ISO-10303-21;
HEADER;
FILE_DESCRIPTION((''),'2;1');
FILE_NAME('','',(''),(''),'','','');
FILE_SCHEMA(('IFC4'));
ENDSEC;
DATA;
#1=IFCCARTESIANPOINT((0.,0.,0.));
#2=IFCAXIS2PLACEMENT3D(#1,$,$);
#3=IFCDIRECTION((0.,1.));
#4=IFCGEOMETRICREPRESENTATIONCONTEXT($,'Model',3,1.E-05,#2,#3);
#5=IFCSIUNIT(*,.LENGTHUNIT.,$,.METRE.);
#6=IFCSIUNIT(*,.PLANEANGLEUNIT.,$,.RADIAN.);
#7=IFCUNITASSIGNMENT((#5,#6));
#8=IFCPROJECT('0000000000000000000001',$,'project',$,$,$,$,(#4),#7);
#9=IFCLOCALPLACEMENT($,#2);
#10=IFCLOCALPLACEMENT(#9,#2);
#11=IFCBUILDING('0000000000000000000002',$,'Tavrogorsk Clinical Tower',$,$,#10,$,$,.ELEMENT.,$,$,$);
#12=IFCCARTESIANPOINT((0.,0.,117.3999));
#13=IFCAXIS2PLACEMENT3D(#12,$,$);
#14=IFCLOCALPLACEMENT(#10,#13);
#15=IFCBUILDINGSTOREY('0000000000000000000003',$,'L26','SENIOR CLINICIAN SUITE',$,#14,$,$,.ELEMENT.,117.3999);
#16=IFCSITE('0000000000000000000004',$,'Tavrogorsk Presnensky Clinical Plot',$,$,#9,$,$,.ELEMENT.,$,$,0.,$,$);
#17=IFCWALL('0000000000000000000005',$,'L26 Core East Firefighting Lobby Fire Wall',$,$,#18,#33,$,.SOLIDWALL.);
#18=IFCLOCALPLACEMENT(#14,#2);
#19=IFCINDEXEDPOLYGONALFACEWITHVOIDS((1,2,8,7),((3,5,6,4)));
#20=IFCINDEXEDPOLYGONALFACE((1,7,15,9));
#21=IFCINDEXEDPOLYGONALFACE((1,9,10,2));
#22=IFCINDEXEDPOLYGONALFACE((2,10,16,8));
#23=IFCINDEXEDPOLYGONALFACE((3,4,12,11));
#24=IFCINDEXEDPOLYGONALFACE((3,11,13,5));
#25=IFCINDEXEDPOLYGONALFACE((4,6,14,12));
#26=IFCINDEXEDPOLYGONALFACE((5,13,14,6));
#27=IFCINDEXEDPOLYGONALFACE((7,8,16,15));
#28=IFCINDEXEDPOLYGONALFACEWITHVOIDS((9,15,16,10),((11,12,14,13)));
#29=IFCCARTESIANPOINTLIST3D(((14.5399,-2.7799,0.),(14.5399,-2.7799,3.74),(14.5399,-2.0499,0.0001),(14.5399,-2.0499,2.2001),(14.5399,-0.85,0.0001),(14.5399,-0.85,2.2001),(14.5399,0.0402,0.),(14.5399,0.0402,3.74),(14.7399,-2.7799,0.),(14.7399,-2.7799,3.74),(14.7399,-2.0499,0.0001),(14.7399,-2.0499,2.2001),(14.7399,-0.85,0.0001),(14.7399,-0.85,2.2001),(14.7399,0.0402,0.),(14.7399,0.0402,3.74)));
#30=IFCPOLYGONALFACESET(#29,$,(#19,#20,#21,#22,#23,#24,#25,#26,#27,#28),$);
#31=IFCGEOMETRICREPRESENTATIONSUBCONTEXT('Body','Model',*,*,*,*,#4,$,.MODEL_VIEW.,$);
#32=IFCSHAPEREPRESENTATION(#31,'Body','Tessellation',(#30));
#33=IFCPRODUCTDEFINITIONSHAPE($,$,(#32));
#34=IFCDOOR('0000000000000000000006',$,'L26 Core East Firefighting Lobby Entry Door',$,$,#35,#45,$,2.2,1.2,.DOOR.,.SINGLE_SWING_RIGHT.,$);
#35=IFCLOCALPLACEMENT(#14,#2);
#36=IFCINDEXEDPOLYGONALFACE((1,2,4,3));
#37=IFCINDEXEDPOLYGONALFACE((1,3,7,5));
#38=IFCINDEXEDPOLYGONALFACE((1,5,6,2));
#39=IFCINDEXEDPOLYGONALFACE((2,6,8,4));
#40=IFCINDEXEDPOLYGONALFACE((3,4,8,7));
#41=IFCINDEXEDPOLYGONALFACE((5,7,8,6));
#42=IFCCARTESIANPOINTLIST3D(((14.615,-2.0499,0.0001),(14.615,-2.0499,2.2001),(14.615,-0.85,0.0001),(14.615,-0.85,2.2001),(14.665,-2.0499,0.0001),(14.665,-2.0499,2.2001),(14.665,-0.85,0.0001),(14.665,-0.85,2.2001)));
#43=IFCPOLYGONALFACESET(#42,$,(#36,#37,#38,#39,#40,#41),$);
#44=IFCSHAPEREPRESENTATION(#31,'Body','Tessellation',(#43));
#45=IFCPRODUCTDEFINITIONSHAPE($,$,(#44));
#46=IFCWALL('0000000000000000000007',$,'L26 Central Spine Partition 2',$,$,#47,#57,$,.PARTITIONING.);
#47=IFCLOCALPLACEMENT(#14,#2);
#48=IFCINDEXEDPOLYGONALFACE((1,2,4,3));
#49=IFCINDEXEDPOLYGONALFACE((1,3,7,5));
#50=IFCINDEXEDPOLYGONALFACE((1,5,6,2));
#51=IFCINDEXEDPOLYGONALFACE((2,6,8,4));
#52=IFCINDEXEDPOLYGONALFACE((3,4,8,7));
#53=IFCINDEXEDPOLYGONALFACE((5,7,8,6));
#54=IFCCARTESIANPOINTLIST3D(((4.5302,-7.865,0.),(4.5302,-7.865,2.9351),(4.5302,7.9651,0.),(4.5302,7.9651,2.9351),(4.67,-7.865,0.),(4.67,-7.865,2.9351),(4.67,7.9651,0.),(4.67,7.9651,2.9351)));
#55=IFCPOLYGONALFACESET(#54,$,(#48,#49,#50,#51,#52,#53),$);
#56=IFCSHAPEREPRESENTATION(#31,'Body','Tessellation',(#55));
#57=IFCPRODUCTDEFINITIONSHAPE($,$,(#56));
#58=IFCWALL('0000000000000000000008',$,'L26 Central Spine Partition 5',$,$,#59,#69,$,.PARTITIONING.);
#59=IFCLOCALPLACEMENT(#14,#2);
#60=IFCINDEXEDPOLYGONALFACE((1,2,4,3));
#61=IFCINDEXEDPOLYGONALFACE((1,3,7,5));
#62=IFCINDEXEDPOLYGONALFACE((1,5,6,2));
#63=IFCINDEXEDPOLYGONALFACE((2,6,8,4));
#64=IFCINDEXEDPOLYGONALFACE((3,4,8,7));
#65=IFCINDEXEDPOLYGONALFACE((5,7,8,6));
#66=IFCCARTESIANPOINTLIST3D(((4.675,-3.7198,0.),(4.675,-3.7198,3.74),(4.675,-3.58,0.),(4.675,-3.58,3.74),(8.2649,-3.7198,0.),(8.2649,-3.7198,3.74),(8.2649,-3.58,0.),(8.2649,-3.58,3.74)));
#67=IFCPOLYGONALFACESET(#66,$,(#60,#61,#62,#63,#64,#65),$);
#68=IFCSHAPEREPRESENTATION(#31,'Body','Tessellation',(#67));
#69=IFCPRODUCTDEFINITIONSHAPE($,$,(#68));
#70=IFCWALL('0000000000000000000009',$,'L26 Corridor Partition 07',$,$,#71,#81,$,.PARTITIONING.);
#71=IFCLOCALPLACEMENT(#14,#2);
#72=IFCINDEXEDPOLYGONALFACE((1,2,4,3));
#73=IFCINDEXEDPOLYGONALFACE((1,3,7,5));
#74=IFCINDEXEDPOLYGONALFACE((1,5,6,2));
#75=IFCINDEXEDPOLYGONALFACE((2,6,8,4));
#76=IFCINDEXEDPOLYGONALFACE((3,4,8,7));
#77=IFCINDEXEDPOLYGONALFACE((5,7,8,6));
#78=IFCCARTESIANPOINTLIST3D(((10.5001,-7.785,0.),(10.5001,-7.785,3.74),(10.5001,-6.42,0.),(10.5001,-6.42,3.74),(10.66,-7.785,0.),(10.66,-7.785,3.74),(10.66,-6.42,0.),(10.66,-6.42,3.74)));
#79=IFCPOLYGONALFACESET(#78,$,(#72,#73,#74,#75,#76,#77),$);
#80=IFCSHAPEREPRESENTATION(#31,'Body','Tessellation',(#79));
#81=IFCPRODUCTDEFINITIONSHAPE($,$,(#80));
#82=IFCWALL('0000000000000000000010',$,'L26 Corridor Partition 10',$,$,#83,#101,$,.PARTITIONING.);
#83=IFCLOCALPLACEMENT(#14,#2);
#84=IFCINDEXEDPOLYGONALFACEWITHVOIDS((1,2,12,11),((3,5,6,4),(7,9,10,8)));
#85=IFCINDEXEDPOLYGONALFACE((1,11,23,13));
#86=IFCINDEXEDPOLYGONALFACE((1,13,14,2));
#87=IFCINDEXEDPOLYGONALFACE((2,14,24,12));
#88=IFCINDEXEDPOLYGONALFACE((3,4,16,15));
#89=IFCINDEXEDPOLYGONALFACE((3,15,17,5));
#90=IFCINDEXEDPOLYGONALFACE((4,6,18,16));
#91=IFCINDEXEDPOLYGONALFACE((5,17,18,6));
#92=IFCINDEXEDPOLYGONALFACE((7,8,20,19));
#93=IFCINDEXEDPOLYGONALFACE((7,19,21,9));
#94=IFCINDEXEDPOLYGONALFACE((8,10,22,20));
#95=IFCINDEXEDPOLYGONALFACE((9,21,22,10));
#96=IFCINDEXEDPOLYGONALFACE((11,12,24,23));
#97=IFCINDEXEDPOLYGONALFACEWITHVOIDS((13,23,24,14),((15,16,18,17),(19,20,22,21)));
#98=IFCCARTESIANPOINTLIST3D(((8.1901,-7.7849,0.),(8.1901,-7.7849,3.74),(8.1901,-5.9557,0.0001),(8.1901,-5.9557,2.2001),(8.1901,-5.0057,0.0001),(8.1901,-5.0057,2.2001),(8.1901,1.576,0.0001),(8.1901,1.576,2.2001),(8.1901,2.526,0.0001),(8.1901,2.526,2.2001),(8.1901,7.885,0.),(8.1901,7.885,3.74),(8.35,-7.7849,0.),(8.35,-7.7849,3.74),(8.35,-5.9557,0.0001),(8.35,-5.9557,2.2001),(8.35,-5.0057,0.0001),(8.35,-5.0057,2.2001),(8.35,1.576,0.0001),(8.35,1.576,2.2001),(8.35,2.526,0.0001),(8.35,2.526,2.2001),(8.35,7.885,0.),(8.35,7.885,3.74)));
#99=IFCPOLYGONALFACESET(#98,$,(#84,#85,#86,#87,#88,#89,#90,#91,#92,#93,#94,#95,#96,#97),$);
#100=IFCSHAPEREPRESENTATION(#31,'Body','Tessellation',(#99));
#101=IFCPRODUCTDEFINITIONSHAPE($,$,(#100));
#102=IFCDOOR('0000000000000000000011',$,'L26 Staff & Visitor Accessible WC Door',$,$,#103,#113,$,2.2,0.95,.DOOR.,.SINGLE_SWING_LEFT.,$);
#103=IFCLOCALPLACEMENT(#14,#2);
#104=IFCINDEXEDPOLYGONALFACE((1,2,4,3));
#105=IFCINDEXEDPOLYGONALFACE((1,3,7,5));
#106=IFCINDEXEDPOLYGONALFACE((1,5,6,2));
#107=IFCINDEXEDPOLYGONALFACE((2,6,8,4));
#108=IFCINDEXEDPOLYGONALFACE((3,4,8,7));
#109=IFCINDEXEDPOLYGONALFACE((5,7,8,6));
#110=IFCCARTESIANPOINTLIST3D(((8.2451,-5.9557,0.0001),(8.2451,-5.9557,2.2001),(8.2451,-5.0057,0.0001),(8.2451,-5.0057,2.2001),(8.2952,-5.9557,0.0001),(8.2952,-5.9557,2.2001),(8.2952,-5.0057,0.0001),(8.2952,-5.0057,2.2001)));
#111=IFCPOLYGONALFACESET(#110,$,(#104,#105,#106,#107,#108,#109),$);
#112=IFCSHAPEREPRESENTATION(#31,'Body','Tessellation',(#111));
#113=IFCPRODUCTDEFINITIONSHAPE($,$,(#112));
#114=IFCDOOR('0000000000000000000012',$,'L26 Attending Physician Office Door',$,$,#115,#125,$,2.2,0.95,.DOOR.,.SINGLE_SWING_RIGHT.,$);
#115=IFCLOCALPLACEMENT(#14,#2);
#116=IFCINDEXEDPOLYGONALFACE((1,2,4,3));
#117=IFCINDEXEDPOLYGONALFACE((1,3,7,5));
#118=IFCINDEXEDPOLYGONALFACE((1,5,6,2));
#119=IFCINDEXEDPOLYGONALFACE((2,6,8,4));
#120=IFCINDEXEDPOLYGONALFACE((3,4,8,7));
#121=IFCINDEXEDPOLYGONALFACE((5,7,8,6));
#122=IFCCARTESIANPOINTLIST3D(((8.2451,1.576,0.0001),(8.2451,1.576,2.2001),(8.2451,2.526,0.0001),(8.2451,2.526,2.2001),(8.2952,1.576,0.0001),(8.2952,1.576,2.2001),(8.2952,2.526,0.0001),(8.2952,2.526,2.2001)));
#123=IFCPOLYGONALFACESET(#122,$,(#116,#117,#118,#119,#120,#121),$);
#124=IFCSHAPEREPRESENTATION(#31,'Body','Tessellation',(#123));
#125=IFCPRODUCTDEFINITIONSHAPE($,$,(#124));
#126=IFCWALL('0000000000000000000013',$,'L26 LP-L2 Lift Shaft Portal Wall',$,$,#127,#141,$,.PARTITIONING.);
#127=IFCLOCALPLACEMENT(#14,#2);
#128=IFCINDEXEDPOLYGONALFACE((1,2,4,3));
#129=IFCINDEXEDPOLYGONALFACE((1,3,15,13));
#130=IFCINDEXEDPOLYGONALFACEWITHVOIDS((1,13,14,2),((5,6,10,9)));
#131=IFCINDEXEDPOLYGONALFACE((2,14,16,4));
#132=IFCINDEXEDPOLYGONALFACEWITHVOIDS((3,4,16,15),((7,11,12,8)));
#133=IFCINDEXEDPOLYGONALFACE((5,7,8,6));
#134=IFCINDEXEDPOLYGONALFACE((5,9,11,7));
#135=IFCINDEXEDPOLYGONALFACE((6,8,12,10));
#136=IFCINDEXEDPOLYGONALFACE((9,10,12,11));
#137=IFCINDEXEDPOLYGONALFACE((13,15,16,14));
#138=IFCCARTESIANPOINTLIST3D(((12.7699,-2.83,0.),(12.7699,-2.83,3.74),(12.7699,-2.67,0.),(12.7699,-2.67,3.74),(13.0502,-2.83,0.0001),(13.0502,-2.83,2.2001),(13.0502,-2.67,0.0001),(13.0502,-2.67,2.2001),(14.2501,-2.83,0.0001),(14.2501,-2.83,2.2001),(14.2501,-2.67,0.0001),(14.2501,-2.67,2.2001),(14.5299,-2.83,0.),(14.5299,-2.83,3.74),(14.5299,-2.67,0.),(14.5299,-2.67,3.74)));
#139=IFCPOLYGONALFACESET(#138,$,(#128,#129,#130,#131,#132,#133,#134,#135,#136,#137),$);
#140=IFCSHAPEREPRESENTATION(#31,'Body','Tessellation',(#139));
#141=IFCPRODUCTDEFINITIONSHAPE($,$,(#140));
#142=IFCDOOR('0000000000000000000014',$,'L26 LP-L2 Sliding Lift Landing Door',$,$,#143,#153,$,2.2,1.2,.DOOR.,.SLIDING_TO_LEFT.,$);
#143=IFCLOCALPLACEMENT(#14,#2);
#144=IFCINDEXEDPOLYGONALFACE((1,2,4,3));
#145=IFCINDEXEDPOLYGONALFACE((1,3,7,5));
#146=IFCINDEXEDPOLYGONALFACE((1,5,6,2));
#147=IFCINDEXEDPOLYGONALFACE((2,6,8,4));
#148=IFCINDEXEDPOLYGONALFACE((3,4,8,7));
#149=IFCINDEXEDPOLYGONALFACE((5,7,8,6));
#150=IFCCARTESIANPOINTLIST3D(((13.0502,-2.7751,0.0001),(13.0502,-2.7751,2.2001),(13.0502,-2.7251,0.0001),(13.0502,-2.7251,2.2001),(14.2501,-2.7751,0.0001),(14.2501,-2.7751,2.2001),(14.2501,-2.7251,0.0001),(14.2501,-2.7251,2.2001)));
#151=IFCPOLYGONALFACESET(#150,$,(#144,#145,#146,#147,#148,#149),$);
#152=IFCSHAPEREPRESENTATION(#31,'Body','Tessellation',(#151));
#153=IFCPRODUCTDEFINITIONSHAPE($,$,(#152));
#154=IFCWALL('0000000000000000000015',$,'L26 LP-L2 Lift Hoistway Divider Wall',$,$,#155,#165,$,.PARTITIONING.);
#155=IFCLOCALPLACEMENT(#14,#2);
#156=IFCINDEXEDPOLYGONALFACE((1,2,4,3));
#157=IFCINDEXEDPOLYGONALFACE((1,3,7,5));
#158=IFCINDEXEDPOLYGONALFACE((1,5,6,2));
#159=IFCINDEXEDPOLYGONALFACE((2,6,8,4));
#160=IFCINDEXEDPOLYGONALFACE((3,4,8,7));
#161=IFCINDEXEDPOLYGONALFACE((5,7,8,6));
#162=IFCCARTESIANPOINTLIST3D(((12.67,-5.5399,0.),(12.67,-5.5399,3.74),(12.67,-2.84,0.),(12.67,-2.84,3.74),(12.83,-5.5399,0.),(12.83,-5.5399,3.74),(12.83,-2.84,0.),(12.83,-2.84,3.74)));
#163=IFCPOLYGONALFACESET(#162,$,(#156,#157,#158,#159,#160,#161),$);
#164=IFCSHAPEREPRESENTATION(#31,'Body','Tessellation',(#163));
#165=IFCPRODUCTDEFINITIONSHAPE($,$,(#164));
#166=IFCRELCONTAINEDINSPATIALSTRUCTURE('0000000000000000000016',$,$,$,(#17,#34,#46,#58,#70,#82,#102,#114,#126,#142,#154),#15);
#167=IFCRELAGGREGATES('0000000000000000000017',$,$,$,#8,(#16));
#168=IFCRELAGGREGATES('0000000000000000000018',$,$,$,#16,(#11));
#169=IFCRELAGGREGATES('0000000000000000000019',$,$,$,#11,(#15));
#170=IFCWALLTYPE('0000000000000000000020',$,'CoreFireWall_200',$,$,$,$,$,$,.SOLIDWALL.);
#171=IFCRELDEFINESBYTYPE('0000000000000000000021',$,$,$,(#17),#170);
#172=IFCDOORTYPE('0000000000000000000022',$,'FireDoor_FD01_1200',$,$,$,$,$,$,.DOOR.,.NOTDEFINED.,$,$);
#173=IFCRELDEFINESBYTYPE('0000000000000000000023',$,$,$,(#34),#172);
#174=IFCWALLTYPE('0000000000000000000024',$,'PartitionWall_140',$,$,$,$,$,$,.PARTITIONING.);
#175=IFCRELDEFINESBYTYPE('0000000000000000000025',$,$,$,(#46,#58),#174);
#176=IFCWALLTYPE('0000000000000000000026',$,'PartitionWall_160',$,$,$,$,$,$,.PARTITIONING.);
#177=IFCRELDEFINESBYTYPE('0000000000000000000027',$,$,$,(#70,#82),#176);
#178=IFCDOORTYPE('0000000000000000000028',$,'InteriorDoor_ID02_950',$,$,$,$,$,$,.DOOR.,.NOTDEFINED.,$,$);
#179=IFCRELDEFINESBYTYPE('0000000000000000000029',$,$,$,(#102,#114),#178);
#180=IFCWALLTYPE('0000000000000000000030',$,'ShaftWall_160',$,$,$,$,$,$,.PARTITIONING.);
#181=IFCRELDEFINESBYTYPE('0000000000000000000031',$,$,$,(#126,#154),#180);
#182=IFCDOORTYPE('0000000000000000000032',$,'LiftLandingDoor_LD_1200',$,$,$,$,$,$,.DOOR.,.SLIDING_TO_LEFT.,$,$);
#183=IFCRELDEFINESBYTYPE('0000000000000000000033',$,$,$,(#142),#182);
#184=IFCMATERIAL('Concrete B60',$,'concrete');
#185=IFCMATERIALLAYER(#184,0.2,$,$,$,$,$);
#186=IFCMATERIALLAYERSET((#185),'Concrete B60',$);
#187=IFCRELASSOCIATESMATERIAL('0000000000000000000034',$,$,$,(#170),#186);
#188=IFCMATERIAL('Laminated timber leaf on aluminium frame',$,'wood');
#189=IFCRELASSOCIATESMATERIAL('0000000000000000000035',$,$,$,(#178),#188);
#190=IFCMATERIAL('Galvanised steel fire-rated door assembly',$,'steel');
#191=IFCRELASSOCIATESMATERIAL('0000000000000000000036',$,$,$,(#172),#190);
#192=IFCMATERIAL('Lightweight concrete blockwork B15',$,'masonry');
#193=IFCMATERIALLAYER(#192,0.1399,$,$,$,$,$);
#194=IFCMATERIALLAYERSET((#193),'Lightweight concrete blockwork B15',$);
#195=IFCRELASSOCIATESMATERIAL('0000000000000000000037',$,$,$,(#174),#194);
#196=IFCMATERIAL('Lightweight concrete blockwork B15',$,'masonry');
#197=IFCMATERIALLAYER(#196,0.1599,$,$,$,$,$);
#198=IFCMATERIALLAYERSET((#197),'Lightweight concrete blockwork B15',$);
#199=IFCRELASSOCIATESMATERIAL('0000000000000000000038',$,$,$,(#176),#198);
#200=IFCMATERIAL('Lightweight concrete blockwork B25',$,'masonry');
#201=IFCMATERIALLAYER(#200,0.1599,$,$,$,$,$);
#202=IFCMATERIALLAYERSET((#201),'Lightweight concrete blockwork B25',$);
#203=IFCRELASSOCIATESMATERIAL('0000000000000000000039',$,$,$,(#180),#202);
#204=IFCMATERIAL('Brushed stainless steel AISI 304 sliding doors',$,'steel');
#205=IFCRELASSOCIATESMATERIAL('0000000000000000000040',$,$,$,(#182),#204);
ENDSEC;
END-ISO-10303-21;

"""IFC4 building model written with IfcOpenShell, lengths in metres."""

from ifc_helpers import new_model, si_unit, direction, frame, frame_2d, origin, place, context, subcontext, project, spatial, rectangle, extrude, material, layer, layer_set, type_object, element, fill, save


model = new_model("IFC4")

# Units and contexts
model_context = context("Model", 3, precision=1e-05, world=origin(), true_north=direction((0.0, 1.0)))
body_context = subcontext(model_context, "Body", "Model", "MODEL_VIEW")
ifc_project = project(units=[si_unit("LENGTHUNIT", "METRE"), si_unit("PLANEANGLEUNIT", "RADIAN")], contexts=[model_context])

# Site, building, storey
site_placement = place(None, origin())
site = spatial("IfcSite", under=ifc_project, at=site_placement, Name="Tavrogorsk Presnensky Clinical Plot", CompositionType="ELEMENT", RefElevation=0.0)
building_placement = place(site_placement, origin())
building = spatial("IfcBuilding", under=site, at=building_placement, Name="Tavrogorsk Clinical Tower", CompositionType="ELEMENT")
storey_placement = place(building_placement, frame((0.0, 0.0, 117.3999)))
storey = spatial("IfcBuildingStorey", under=building, at=storey_placement, Name="L26", Description="SENIOR CLINICIAN SUITE", CompositionType="ELEMENT", Elevation=117.3999)

# Wall, opening, door
ifc_material_1 = material(Name="Concrete B60", Category="concrete")
ifc_layer_1 = layer(ifc_material_1, 0.2)
ifc_layer_set_1 = layer_set([ifc_layer_1], Name="Concrete B60")
wall_type_1 = type_object("IfcWallType", Name="CoreFireWall_200", PredefinedType="SOLIDWALL", material=ifc_layer_set_1)
ifc_material_2 = material(Name="Laminated timber leaf on aluminium frame", Category="wood")
door_type_1 = type_object("IfcDoorType", Name="InteriorDoor_ID02_950", OperationType="NOTDEFINED", PredefinedType="DOOR", material=ifc_material_2)
wall_1_placement = place(storey_placement, frame((14.6399, -2.78, 0.0), z_axis=(0.0, 0.0, 1.0), x_axis=(0.0, 1.0, 0.0)))
wall_1 = element("IfcWall", 1, at=wall_1_placement, inside=storey, type_object=wall_type_1, Name="L26 Core East Firefighting Lobby Fire Wall", PredefinedType="SOLIDWALL", context=body_context, shape_type="SweptSolid", body=[
    extrude(rectangle(XDim=2.8201, YDim=0.2, at=frame_2d((1.4102, 0.0))), origin(), (0.0, 0.0, 1.0), 3.74),
])
opening_1_placement = place(wall_1_placement, frame((0.73, 0.0, 0.0)))
opening_1 = element("IfcOpeningElement", 2, at=opening_1_placement, cuts=wall_1, PredefinedType="OPENING", context=body_context, shape_type="SweptSolid", body=[
    extrude(rectangle(XDim=1.2, YDim=2.2, at=frame_2d((0.6001, 1.1001))), frame((0.0, 0.1099, 0.0), z_axis=(0.0, -1.0, 0.0), x_axis=(1.0, 0.0, 0.0)), (0.0, 0.0, 1.0), 0.22),
])
ifc_material_3 = material(Name="Galvanised steel fire-rated door assembly", Category="steel")
door_type_2 = type_object("IfcDoorType", Name="FireDoor_FD01_1200", OperationType="NOTDEFINED", PredefinedType="DOOR", material=ifc_material_3)
door_1_placement = place(opening_1_placement, origin())
door_1 = element("IfcDoor", 3, at=door_1_placement, inside=storey, type_object=door_type_2, Name="L26 Core East Firefighting Lobby Entry Door", OperationType="SINGLE_SWING_RIGHT", OverallHeight=2.2, OverallWidth=1.2, PredefinedType="DOOR", context=body_context, shape_type="SweptSolid", body=[
    extrude(rectangle(XDim=1.2, YDim=2.2, at=frame_2d((0.6001, 1.1001))), frame((0.0, 0.0249, 0.0), z_axis=(0.0, -1.0, 0.0), x_axis=(1.0, 0.0, 0.0)), (0.0, 0.0, 1.0), 0.05),
])
fill(opening_1, door_1)

# Walls
ifc_material_4 = material(Name="Lightweight concrete blockwork B15", Category="masonry")
ifc_layer_2 = layer(ifc_material_4, 0.1399)
ifc_layer_set_2 = layer_set([ifc_layer_2], Name="Lightweight concrete blockwork B15")
wall_type_2 = type_object("IfcWallType", Name="PartitionWall_140", PredefinedType="PARTITIONING", material=ifc_layer_set_2)
wall_2_placement = place(storey_placement, frame((4.6001, -7.865, 0.0), z_axis=(0.0, 0.0, 1.0), x_axis=(0.0, 1.0, 0.0)))
element("IfcWall", 4, at=wall_2_placement, inside=storey, type_object=wall_type_2, Name="L26 Central Spine Partition 2", PredefinedType="PARTITIONING", context=body_context, shape_type="SweptSolid", body=[
    extrude(rectangle(XDim=15.8301, YDim=0.1399, at=frame_2d((7.915, 0.0))), origin(), (0.0, 0.0, 1.0), 2.9351),
])
wall_3_placement = place(storey_placement, frame((4.675, -3.6499, 0.0), z_axis=(0.0, 0.0, 1.0), x_axis=(1.0, 0.0, 0.0)))
element("IfcWall", 5, at=wall_3_placement, inside=storey, type_object=wall_type_2, Name="L26 Central Spine Partition 5", PredefinedType="PARTITIONING", context=body_context, shape_type="SweptSolid", body=[
    extrude(rectangle(XDim=3.5898, YDim=0.1399, at=frame_2d((1.7949, 0.0))), origin(), (0.0, 0.0, 1.0), 3.74),
])
ifc_material_5 = material(Name="Lightweight concrete blockwork B15", Category="masonry")
ifc_layer_3 = layer(ifc_material_5, 0.1599)
ifc_layer_set_3 = layer_set([ifc_layer_3], Name="Lightweight concrete blockwork B15")
wall_type_3 = type_object("IfcWallType", Name="PartitionWall_160", PredefinedType="PARTITIONING", material=ifc_layer_set_3)
wall_4_placement = place(storey_placement, frame((10.5801, -6.4199, 0.0), z_axis=(0.0, 0.0, 1.0), x_axis=(0.0, -1.0, 0.0)))
element("IfcWall", 6, at=wall_4_placement, inside=storey, type_object=wall_type_3, Name="L26 Corridor Partition 07", PredefinedType="PARTITIONING", context=body_context, shape_type="SweptSolid", body=[
    extrude(rectangle(XDim=1.365, YDim=0.1599, at=frame_2d((0.6826, 0.0))), origin(), (0.0, 0.0, 1.0), 3.74),
])

# Wall, openings, doors
wall_5_placement = place(storey_placement, frame((8.27, -7.7849, 0.0), z_axis=(0.0, 0.0, 1.0), x_axis=(0.0, 1.0, 0.0)))
wall_5 = element("IfcWall", 7, at=wall_5_placement, inside=storey, type_object=wall_type_3, Name="L26 Corridor Partition 10", PredefinedType="PARTITIONING", context=body_context, shape_type="SweptSolid", body=[
    extrude(rectangle(XDim=15.6699, YDim=0.1599, at=frame_2d((7.835, 0.0))), origin(), (0.0, 0.0, 1.0), 3.74),
])
opening_2_placement = place(wall_5_placement, frame((1.8291, 0.0, 0.0)))
opening_2 = element("IfcOpeningElement", 8, at=opening_2_placement, cuts=wall_5, PredefinedType="OPENING", context=body_context, shape_type="SweptSolid", body=[
    extrude(rectangle(XDim=0.95, YDim=2.2, at=frame_2d((0.4751, 1.1001))), frame((0.0, 0.0898, 0.0), z_axis=(0.0, -1.0, 0.0), x_axis=(1.0, 0.0, 0.0)), (0.0, 0.0, 1.0), 0.1799),
])
opening_3_placement = place(wall_5_placement, frame((9.3608, 0.0, 0.0)))
opening_3 = element("IfcOpeningElement", 9, at=opening_3_placement, cuts=wall_5, PredefinedType="OPENING", context=body_context, shape_type="SweptSolid", body=[
    extrude(rectangle(XDim=0.95, YDim=2.2, at=frame_2d((0.4751, 1.1001))), frame((0.0, 0.0898, 0.0), z_axis=(0.0, -1.0, 0.0), x_axis=(1.0, 0.0, 0.0)), (0.0, 0.0, 1.0), 0.1799),
])
door_2_placement = place(opening_2_placement, origin())
door_2 = element("IfcDoor", 10, at=door_2_placement, inside=storey, type_object=door_type_1, Name="L26 Staff & Visitor Accessible WC Door", OperationType="SINGLE_SWING_LEFT", OverallHeight=2.2, OverallWidth=0.95, PredefinedType="DOOR", context=body_context, shape_type="SweptSolid", body=[
    extrude(rectangle(XDim=0.95, YDim=2.2, at=frame_2d((0.4751, 1.1001))), frame((0.0, 0.0249, 0.0), z_axis=(0.0, -1.0, 0.0), x_axis=(1.0, 0.0, 0.0)), (0.0, 0.0, 1.0), 0.05),
])
fill(opening_2, door_2)
door_3_placement = place(opening_3_placement, origin())
door_3 = element("IfcDoor", 11, at=door_3_placement, inside=storey, type_object=door_type_1, Name="L26 Attending Physician Office Door", OperationType="SINGLE_SWING_RIGHT", OverallHeight=2.2, OverallWidth=0.95, PredefinedType="DOOR", context=body_context, shape_type="SweptSolid", body=[
    extrude(rectangle(XDim=0.95, YDim=2.2, at=frame_2d((0.4751, 1.1001))), frame((0.0, 0.0249, 0.0), z_axis=(0.0, -1.0, 0.0), x_axis=(1.0, 0.0, 0.0)), (0.0, 0.0, 1.0), 0.05),
])
fill(opening_3, door_3)

# Wall, opening, door
ifc_material_6 = material(Name="Lightweight concrete blockwork B25", Category="masonry")
ifc_layer_4 = layer(ifc_material_6, 0.1599)
ifc_layer_set_4 = layer_set([ifc_layer_4], Name="Lightweight concrete blockwork B25")
wall_type_4 = type_object("IfcWallType", Name="ShaftWall_160", PredefinedType="PARTITIONING", material=ifc_layer_set_4)
wall_6_placement = place(storey_placement, frame((12.77, -2.75, 0.0), z_axis=(0.0, 0.0, 1.0), x_axis=(1.0, 0.0, 0.0)))
wall_6 = element("IfcWall", 12, at=wall_6_placement, inside=storey, type_object=wall_type_4, Name="L26 LP-L2 Lift Shaft Portal Wall", PredefinedType="PARTITIONING", context=body_context, shape_type="SweptSolid", body=[
    extrude(rectangle(XDim=1.76, YDim=0.1599, at=frame_2d((0.8799, 0.0))), origin(), (0.0, 0.0, 1.0), 3.74),
])
opening_4_placement = place(wall_6_placement, frame((0.28, 0.0, 0.0)))
opening_4 = element("IfcOpeningElement", 13, at=opening_4_placement, cuts=wall_6, PredefinedType="OPENING", context=body_context, shape_type="SweptSolid", body=[
    extrude(rectangle(XDim=1.2, YDim=2.2, at=frame_2d((0.6001, 1.1001))), frame((0.0, 0.0898, 0.0), z_axis=(0.0, -1.0, 0.0), x_axis=(1.0, 0.0, 0.0)), (0.0, 0.0, 1.0), 0.1799),
])
ifc_material_7 = material(Name="Brushed stainless steel AISI 304 sliding doors", Category="steel")
door_type_3 = type_object("IfcDoorType", Name="LiftLandingDoor_LD_1200", OperationType="SLIDING_TO_LEFT", PredefinedType="DOOR", material=ifc_material_7)
door_4_placement = place(opening_4_placement, origin())
door_4 = element("IfcDoor", 14, at=door_4_placement, inside=storey, type_object=door_type_3, Name="L26 LP-L2 Sliding Lift Landing Door", OperationType="SLIDING_TO_LEFT", OverallHeight=2.2, OverallWidth=1.2, PredefinedType="DOOR", context=body_context, shape_type="SweptSolid", body=[
    extrude(rectangle(XDim=1.2, YDim=2.2, at=frame_2d((0.6001, 1.1001))), frame((0.0, 0.0249, 0.0), z_axis=(0.0, -1.0, 0.0), x_axis=(1.0, 0.0, 0.0)), (0.0, 0.0, 1.0), 0.05),
])
fill(opening_4, door_4)

# Wall
for number, where, z_axis, x_axis, name in (
    (15, (12.75, -5.54, 0.0), (0.0, 0.0, 1.0), (0.0, 1.0, 0.0), "L26 LP-L2 Lift Hoistway Divider Wall"),
):
    element("IfcWall", number, at=place(storey_placement, frame(where, z_axis=z_axis, x_axis=x_axis)), inside=storey, type_object=wall_type_4, Name=name, PredefinedType="PARTITIONING", context=body_context, shape_type="SweptSolid", body=[
        extrude(rectangle(XDim=2.7, YDim=0.1599, at=frame_2d((1.3501, 0.0))), origin(), (0.0, 0.0, 1.0), 3.74),
    ])

save(model, "model.ifc")
